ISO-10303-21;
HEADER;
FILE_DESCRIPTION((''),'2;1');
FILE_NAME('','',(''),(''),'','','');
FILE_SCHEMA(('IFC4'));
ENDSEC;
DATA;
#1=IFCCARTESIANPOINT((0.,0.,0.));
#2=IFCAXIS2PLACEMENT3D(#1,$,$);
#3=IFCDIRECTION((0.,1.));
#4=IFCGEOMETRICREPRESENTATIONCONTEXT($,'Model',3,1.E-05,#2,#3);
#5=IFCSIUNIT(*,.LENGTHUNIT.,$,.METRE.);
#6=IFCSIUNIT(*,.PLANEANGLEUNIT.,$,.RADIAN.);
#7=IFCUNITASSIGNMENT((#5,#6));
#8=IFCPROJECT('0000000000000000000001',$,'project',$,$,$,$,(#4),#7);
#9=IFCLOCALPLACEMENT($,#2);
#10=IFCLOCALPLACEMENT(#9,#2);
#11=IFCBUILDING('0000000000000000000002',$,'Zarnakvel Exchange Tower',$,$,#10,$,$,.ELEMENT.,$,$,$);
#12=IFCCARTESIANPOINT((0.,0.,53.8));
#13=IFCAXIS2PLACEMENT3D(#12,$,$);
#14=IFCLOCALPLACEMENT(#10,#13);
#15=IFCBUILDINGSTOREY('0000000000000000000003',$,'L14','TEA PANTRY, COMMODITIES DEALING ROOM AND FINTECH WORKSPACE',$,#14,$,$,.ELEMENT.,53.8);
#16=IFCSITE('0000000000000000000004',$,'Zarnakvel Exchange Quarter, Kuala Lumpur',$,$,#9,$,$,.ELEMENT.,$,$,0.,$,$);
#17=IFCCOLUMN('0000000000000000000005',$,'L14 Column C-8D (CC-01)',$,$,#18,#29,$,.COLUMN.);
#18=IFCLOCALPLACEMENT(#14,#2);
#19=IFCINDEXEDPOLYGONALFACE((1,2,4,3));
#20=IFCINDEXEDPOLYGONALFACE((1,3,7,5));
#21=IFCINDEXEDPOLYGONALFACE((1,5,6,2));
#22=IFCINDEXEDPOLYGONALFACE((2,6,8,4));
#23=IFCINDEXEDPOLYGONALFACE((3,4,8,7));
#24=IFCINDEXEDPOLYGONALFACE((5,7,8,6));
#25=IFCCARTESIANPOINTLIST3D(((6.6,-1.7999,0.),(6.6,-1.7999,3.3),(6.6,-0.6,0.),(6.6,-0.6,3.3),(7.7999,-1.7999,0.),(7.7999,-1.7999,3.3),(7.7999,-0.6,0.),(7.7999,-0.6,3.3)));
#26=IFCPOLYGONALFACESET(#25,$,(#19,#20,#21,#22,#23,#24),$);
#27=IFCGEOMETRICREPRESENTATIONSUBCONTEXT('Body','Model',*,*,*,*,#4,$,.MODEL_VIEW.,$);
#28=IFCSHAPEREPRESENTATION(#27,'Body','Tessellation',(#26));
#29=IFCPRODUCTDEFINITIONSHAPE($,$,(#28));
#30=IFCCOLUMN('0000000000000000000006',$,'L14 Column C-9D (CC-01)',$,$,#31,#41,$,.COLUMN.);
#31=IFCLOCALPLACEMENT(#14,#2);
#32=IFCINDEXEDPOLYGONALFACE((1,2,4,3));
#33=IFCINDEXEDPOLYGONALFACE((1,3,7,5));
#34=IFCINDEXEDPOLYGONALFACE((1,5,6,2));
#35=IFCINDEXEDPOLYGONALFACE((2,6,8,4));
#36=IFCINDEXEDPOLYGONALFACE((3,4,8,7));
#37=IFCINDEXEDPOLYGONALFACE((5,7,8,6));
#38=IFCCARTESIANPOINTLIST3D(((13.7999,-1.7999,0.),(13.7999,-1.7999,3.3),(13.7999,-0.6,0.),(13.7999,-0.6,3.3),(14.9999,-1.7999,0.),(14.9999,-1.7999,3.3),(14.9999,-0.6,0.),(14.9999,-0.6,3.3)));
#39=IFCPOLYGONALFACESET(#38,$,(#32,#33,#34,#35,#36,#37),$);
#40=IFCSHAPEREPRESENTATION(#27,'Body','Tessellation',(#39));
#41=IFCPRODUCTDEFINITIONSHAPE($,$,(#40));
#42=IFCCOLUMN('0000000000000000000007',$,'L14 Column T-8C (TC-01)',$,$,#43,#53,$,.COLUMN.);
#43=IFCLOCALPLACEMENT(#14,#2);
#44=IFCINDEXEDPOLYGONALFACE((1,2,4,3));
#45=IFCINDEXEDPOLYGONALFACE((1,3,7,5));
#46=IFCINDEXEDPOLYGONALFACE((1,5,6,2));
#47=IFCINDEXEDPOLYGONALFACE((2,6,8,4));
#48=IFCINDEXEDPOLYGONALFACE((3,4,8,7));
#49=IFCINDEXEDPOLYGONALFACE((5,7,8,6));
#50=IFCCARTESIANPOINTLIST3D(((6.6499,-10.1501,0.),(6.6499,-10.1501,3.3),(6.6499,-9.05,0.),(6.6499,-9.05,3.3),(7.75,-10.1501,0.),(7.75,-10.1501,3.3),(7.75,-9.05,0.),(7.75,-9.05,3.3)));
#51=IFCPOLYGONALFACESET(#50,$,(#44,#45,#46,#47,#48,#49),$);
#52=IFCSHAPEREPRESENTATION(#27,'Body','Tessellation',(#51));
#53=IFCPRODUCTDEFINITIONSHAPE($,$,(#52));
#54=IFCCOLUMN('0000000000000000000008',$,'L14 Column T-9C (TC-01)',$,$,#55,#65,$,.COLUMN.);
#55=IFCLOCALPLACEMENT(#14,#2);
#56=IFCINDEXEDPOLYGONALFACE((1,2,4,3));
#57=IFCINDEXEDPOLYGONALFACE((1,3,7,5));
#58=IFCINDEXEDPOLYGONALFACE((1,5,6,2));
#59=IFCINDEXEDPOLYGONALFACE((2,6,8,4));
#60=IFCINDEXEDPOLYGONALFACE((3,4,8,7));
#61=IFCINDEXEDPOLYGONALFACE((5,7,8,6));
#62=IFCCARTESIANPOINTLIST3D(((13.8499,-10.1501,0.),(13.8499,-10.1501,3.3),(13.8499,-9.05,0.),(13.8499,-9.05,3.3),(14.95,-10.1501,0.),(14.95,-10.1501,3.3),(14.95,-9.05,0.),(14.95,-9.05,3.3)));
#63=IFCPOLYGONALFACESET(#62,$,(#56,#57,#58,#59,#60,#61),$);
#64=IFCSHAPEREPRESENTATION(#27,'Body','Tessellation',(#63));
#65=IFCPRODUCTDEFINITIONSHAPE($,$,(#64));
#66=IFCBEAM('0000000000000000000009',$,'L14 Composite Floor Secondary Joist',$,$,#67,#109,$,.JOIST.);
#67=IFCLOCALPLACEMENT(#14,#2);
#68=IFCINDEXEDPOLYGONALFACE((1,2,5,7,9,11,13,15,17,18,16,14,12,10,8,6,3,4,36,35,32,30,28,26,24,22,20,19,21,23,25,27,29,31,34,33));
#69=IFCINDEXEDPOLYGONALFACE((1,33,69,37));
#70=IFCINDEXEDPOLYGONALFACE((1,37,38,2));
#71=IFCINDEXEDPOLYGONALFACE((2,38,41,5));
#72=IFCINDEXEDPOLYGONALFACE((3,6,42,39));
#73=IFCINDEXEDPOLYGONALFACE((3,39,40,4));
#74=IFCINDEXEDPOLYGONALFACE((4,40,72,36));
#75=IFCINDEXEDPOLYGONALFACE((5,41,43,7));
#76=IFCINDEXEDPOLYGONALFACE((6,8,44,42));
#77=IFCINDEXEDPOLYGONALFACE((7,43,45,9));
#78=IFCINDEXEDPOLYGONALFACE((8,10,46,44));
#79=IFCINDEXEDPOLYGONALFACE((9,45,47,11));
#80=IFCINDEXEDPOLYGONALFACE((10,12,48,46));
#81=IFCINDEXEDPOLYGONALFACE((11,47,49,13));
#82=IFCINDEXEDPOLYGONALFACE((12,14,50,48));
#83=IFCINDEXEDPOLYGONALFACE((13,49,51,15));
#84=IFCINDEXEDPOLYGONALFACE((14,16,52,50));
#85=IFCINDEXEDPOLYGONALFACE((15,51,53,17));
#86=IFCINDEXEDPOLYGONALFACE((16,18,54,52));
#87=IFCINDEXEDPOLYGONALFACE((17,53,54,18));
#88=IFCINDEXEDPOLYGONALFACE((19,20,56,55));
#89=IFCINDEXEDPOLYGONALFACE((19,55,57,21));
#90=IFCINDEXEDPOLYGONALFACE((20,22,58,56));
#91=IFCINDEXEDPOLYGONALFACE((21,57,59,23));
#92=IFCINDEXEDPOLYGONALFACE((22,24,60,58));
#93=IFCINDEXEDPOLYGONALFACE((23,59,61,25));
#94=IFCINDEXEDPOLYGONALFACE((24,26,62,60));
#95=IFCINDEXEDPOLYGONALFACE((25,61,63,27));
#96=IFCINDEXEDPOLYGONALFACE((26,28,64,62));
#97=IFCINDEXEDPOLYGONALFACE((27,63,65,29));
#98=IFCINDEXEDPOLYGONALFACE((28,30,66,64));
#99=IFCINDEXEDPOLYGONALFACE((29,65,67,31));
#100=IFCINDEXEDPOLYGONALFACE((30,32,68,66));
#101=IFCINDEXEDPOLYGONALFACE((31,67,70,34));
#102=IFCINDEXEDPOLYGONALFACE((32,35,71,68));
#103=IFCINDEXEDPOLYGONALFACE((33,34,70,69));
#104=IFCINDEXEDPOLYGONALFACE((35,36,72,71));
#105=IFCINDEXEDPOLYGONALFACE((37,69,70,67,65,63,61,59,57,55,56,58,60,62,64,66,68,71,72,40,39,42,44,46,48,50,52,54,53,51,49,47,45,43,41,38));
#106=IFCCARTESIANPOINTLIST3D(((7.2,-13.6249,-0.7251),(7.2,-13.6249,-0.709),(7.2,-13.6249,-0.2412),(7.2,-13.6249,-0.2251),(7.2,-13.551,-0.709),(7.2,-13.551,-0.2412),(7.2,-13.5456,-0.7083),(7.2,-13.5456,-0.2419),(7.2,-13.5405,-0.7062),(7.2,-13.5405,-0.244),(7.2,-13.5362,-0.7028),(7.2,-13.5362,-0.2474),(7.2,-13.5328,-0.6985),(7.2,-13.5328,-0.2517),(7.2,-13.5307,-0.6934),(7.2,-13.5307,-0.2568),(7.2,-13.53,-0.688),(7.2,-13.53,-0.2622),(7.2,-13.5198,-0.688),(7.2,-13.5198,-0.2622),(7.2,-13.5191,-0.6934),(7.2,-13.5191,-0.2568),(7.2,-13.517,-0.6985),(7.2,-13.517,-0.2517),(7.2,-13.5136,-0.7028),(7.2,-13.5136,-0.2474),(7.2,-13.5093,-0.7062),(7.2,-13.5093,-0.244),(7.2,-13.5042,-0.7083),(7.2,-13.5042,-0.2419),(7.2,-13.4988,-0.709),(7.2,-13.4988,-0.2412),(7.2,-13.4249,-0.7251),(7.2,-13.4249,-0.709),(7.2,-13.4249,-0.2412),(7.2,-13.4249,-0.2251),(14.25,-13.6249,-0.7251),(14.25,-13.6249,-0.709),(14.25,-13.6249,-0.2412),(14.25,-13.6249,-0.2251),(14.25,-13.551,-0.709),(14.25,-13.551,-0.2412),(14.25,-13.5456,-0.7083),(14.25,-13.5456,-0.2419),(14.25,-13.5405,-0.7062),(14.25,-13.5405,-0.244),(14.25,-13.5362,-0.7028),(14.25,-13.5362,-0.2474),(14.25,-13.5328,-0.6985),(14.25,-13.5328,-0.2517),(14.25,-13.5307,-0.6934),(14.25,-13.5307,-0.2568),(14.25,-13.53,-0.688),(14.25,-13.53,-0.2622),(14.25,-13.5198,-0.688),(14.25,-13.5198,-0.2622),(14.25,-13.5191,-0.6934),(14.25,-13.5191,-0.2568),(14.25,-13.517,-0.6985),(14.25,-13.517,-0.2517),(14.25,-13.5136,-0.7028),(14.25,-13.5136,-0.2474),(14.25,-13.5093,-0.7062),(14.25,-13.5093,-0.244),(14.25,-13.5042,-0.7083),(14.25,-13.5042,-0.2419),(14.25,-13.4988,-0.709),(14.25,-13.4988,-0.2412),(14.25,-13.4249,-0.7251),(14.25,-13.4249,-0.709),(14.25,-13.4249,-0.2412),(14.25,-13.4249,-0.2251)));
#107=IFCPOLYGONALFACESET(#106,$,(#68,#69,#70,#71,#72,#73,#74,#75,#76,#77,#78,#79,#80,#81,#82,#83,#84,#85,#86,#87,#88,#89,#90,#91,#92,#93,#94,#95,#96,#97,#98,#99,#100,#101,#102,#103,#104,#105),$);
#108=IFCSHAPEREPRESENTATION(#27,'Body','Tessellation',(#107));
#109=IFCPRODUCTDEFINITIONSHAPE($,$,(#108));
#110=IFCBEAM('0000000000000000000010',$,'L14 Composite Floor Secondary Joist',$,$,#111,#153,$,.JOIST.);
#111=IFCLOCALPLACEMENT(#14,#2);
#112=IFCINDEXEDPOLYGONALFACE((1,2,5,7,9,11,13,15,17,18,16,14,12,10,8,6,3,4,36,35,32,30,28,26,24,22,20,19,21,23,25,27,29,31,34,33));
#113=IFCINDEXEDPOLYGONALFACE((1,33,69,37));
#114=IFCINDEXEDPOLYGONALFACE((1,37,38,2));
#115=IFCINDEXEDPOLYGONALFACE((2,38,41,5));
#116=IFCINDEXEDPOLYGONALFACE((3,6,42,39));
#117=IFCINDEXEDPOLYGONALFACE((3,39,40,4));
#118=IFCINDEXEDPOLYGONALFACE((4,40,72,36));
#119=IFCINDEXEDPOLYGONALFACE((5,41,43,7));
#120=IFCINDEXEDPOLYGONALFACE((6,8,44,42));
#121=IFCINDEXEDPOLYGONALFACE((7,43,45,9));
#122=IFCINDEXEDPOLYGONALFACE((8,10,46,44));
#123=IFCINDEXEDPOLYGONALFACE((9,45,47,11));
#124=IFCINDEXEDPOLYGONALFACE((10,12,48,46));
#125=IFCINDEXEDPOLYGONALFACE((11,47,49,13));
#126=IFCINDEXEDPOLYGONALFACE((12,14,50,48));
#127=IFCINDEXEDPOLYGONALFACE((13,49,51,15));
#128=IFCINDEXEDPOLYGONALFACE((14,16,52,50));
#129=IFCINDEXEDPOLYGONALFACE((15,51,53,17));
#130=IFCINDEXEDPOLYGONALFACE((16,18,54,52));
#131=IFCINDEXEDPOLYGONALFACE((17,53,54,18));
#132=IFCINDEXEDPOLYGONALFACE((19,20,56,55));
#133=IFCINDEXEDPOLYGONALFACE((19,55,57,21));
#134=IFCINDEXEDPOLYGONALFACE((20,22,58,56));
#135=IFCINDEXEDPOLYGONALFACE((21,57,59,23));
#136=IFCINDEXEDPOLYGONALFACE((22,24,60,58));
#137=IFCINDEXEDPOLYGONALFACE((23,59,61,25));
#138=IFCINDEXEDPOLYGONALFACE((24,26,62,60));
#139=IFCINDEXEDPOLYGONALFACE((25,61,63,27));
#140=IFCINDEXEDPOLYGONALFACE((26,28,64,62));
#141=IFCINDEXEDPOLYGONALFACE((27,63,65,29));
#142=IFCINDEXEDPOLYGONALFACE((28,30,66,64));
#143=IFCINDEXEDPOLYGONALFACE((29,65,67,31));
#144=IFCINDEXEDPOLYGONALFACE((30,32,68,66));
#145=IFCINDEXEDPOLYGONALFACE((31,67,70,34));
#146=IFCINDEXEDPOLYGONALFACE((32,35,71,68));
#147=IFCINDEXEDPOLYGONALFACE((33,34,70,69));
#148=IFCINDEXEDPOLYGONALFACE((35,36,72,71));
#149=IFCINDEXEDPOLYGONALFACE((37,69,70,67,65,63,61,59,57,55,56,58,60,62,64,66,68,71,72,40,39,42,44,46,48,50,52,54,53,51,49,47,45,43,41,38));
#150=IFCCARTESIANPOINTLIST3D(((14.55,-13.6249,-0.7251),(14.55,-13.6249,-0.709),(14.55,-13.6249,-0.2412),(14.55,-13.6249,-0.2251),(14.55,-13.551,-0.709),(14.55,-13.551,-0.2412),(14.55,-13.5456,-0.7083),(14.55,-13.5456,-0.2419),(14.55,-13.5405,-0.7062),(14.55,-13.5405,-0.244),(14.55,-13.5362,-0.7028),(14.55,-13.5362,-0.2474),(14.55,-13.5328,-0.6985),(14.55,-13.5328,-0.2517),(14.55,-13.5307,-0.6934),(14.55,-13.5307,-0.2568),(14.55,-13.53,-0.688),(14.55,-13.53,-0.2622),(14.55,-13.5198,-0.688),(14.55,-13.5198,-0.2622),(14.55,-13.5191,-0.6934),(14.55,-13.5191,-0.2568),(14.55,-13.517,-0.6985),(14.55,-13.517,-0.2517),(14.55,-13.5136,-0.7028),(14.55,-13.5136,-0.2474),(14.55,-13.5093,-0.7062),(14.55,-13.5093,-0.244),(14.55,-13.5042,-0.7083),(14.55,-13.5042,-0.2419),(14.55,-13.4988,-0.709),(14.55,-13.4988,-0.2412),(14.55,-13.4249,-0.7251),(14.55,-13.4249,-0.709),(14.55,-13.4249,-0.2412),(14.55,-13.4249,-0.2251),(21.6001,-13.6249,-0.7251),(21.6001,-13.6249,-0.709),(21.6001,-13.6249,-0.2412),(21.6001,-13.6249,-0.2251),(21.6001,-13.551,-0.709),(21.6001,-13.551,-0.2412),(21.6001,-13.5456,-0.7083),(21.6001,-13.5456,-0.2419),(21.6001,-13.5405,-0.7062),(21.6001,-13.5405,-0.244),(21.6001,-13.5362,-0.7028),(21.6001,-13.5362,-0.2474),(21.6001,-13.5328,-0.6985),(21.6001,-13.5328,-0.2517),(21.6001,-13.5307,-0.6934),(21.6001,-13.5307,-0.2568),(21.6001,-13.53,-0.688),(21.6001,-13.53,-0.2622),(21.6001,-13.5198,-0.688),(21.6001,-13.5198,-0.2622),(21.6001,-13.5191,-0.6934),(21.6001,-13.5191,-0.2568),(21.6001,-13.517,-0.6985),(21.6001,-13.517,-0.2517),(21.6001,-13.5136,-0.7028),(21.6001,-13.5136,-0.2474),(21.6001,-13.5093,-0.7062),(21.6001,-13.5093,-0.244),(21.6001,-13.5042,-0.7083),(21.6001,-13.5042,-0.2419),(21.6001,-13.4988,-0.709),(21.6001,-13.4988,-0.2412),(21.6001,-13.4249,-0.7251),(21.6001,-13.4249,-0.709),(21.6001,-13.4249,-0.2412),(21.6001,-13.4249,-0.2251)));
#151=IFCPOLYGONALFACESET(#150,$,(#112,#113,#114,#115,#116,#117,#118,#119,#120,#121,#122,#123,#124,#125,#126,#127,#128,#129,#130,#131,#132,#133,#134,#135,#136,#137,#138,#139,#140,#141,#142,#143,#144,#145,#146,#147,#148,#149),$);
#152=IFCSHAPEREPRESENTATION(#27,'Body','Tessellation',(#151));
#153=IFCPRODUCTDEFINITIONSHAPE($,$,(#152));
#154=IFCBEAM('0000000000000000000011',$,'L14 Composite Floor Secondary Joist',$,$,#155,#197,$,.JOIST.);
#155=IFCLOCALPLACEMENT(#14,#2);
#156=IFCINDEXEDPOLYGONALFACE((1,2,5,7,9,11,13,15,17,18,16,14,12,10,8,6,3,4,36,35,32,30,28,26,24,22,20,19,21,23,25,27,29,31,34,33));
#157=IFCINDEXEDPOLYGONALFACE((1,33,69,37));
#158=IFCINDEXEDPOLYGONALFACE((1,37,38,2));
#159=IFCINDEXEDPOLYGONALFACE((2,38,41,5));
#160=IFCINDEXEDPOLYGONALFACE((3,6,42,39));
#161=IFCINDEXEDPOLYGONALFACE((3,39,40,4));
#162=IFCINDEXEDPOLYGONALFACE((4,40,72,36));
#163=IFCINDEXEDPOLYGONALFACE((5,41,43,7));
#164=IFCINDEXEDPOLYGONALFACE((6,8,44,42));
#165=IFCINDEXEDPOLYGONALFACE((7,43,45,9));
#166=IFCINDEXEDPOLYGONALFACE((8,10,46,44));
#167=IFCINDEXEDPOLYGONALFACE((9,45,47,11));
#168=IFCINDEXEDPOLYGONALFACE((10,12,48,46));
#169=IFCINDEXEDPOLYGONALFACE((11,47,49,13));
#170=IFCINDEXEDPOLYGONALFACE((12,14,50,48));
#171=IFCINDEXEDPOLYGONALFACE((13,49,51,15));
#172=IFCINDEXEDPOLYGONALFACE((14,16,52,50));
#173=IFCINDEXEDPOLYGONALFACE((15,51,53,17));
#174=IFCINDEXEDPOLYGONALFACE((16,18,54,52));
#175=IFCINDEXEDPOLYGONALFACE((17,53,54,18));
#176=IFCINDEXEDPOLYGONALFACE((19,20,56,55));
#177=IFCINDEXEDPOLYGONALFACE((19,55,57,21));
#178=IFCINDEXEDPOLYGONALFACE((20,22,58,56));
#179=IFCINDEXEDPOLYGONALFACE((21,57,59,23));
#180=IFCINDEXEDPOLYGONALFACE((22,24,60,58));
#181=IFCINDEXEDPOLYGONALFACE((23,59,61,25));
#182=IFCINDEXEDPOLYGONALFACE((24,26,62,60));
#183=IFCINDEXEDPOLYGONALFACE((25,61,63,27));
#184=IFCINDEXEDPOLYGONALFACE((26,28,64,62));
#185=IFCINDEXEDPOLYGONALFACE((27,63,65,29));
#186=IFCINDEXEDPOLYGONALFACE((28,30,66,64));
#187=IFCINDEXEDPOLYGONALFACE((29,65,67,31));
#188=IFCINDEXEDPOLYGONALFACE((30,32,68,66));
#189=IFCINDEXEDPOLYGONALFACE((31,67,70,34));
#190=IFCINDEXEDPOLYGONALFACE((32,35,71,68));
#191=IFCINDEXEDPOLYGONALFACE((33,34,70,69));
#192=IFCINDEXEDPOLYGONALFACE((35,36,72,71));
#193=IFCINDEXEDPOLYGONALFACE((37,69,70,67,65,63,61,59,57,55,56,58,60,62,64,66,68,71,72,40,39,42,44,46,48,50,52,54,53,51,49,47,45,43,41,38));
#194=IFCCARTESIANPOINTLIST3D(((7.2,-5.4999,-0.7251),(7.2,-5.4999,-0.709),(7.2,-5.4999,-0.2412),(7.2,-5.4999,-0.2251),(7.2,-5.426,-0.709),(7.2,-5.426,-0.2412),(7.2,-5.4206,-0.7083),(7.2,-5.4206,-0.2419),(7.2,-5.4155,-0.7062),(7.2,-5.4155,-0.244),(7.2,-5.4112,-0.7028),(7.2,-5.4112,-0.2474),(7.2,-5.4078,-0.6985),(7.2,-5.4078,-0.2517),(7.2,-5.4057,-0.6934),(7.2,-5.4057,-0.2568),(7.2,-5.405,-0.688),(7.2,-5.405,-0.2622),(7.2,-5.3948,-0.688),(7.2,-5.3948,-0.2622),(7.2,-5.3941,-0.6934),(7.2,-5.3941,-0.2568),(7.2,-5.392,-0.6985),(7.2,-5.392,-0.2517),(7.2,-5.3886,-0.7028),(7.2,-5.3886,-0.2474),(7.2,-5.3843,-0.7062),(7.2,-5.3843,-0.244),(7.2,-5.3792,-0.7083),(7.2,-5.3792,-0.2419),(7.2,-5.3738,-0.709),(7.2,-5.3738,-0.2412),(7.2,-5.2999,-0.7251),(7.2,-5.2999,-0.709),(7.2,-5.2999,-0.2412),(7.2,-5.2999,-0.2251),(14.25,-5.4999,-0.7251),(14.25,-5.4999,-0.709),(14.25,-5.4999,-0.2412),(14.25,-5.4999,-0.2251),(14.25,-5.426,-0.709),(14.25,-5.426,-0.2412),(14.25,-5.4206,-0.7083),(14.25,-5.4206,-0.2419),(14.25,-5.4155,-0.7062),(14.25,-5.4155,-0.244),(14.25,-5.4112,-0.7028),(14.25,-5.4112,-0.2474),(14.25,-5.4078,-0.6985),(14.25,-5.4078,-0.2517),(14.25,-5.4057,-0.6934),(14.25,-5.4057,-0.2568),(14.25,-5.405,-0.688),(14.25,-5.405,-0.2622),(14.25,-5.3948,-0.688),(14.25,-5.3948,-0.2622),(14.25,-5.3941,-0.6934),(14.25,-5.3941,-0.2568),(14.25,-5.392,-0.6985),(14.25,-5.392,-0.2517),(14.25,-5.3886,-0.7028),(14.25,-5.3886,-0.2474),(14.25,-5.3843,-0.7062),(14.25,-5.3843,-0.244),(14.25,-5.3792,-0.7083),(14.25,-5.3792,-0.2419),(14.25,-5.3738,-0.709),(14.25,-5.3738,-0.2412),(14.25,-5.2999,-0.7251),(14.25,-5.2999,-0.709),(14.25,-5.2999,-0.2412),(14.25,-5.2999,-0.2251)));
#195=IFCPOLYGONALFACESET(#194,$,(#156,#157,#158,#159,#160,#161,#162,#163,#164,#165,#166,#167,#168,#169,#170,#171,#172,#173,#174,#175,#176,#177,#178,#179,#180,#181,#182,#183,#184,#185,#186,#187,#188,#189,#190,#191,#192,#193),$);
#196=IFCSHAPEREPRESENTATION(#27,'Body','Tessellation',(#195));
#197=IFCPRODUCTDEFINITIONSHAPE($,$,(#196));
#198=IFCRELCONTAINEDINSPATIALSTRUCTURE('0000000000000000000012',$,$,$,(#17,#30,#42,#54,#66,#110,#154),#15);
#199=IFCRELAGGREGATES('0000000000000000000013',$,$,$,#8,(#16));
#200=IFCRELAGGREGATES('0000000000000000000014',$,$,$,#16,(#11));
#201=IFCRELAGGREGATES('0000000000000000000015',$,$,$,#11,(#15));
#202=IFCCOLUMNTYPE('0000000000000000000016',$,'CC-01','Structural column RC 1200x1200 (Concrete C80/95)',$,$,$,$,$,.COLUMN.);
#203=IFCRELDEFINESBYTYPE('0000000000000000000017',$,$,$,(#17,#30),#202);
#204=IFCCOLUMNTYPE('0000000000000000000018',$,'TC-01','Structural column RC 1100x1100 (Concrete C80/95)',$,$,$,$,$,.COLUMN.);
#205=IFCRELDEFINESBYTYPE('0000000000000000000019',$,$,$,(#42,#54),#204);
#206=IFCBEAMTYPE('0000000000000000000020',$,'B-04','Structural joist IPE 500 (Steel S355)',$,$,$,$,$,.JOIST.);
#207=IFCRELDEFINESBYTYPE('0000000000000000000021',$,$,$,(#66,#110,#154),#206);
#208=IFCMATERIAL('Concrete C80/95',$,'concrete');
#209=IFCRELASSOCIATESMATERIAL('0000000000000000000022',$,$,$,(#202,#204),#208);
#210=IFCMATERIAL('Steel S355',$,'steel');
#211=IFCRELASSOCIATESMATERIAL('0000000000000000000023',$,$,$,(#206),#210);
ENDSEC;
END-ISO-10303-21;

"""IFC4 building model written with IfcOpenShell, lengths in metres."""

from ifc_helpers import new_model, si_unit, direction, frame, origin, origin_2d, place, context, subcontext, project, spatial, rectangle, i_section, extrude, material, material_profile, profile_set, type_object, element, save


model = new_model("IFC4")

# Units and contexts
model_context = context("Model", 3, precision=1e-05, world=origin(), true_north=direction((0.0, 1.0)))
body_context = subcontext(model_context, "Body", "Model", "MODEL_VIEW")
ifc_project = project(units=[si_unit("LENGTHUNIT", "METRE"), si_unit("PLANEANGLEUNIT", "RADIAN")], contexts=[model_context])

# Site, building, storey
site_placement = place(None, origin())
site = spatial("IfcSite", under=ifc_project, at=site_placement, Name="Zarnakvel Exchange Quarter, Kuala Lumpur", CompositionType="ELEMENT", RefElevation=0.0)
building_placement = place(site_placement, origin())
building = spatial("IfcBuilding", under=site, at=building_placement, Name="Zarnakvel Exchange Tower", CompositionType="ELEMENT")
storey_placement = place(building_placement, frame((0.0, 0.0, 53.8)))
storey = spatial("IfcBuildingStorey", under=building, at=storey_placement, Name="L14", Description="TEA PANTRY, COMMODITIES DEALING ROOM AND FINTECH WORKSPACE", CompositionType="ELEMENT", Elevation=53.8)

# Columns
ifc_material_1 = material(Name="Concrete C80/95", Category="concrete")
ifc_material_profile_1 = material_profile(ifc_material_1, rectangle(XDim=1.2, YDim=1.2, at=origin_2d()))
ifc_profile_set_1 = profile_set([ifc_material_profile_1], Name="Concrete C80/95")
column_type_1 = type_object("IfcColumnType", Name="CC-01", Description="Structural column RC 1200x1200 (Concrete C80/95)", PredefinedType="COLUMN", material=ifc_profile_set_1)
for number, where, z_axis, x_axis, name in (
    (1, (7.2, -1.2, 0.0), (0.0, 0.0, 1.0), (1.0, 0.0, 0.0), "L14 Column C-8D (CC-01)"),
    (2, (14.3999, -1.2, 0.0), (0.0, 0.0, 1.0), (1.0, 0.0, 0.0), "L14 Column C-9D (CC-01)"),
):
    element("IfcColumn", number, at=place(storey_placement, frame(where, z_axis=z_axis, x_axis=x_axis)), inside=storey, type_object=column_type_1, Name=name, PredefinedType="COLUMN", context=body_context, shape_type="SweptSolid", body=[
        extrude(rectangle(XDim=1.2, YDim=1.2, at=origin_2d()), origin(), (0.0, 0.0, 1.0), 3.3),
    ])
ifc_material_profile_2 = material_profile(ifc_material_1, rectangle(XDim=1.1001, YDim=1.1001, at=origin_2d()))
ifc_profile_set_2 = profile_set([ifc_material_profile_2], Name="Concrete C80/95")
column_type_2 = type_object("IfcColumnType", Name="TC-01", Description="Structural column RC 1100x1100 (Concrete C80/95)", PredefinedType="COLUMN", material=ifc_profile_set_2)
for number, where, z_axis, x_axis, name in (
    (3, (7.2, -9.6001, 0.0), (0.0, 0.0, 1.0), (1.0, 0.0, 0.0), "L14 Column T-8C (TC-01)"),
    (4, (14.3999, -9.6001, 0.0), (0.0, 0.0, 1.0), (1.0, 0.0, 0.0), "L14 Column T-9C (TC-01)"),
):
    element("IfcColumn", number, at=place(storey_placement, frame(where, z_axis=z_axis, x_axis=x_axis)), inside=storey, type_object=column_type_2, Name=name, PredefinedType="COLUMN", context=body_context, shape_type="SweptSolid", body=[
        extrude(rectangle(XDim=1.1001, YDim=1.1001, at=origin_2d()), origin(), (0.0, 0.0, 1.0), 3.3),
    ])

# Beams
ifc_material_2 = material(Name="Steel S355", Category="steel")
ifc_material_profile_3 = material_profile(ifc_material_2, i_section(OverallWidth=0.2, OverallDepth=0.5, WebThickness=0.0103, FlangeThickness=0.0161, FilletRadius=0.021, at=origin_2d()))
ifc_profile_set_3 = profile_set([ifc_material_profile_3], Name="Steel S355")
beam_type_1 = type_object("IfcBeamType", Name="B-04", Description="Structural joist IPE 500 (Steel S355)", PredefinedType="JOIST", material=ifc_profile_set_3)
for number, where, z_axis, x_axis, name in (
    (5, (7.2, -13.5249, -0.4751), (1.0, 0.0, 0.0), (0.0, 1.0, 0.0), "L14 Composite Floor Secondary Joist"),
    (6, (14.55, -13.5249, -0.4751), (1.0, 0.0, 0.0), (0.0, 1.0, 0.0), "L14 Composite Floor Secondary Joist"),
    (7, (7.2, -5.3999, -0.4751), (1.0, 0.0, 0.0), (0.0, 1.0, 0.0), "L14 Composite Floor Secondary Joist"),
):
    element("IfcBeam", number, at=place(storey_placement, frame(where, z_axis=z_axis, x_axis=x_axis)), inside=storey, type_object=beam_type_1, Name=name, PredefinedType="JOIST", context=body_context, shape_type="SweptSolid", body=[
        extrude(i_section(OverallWidth=0.2, OverallDepth=0.5, WebThickness=0.0103, FlangeThickness=0.0161, FilletRadius=0.021, at=origin_2d()), origin(), (0.0, 0.0, 1.0), 7.05),
    ])

save(model, "model.ifc")
